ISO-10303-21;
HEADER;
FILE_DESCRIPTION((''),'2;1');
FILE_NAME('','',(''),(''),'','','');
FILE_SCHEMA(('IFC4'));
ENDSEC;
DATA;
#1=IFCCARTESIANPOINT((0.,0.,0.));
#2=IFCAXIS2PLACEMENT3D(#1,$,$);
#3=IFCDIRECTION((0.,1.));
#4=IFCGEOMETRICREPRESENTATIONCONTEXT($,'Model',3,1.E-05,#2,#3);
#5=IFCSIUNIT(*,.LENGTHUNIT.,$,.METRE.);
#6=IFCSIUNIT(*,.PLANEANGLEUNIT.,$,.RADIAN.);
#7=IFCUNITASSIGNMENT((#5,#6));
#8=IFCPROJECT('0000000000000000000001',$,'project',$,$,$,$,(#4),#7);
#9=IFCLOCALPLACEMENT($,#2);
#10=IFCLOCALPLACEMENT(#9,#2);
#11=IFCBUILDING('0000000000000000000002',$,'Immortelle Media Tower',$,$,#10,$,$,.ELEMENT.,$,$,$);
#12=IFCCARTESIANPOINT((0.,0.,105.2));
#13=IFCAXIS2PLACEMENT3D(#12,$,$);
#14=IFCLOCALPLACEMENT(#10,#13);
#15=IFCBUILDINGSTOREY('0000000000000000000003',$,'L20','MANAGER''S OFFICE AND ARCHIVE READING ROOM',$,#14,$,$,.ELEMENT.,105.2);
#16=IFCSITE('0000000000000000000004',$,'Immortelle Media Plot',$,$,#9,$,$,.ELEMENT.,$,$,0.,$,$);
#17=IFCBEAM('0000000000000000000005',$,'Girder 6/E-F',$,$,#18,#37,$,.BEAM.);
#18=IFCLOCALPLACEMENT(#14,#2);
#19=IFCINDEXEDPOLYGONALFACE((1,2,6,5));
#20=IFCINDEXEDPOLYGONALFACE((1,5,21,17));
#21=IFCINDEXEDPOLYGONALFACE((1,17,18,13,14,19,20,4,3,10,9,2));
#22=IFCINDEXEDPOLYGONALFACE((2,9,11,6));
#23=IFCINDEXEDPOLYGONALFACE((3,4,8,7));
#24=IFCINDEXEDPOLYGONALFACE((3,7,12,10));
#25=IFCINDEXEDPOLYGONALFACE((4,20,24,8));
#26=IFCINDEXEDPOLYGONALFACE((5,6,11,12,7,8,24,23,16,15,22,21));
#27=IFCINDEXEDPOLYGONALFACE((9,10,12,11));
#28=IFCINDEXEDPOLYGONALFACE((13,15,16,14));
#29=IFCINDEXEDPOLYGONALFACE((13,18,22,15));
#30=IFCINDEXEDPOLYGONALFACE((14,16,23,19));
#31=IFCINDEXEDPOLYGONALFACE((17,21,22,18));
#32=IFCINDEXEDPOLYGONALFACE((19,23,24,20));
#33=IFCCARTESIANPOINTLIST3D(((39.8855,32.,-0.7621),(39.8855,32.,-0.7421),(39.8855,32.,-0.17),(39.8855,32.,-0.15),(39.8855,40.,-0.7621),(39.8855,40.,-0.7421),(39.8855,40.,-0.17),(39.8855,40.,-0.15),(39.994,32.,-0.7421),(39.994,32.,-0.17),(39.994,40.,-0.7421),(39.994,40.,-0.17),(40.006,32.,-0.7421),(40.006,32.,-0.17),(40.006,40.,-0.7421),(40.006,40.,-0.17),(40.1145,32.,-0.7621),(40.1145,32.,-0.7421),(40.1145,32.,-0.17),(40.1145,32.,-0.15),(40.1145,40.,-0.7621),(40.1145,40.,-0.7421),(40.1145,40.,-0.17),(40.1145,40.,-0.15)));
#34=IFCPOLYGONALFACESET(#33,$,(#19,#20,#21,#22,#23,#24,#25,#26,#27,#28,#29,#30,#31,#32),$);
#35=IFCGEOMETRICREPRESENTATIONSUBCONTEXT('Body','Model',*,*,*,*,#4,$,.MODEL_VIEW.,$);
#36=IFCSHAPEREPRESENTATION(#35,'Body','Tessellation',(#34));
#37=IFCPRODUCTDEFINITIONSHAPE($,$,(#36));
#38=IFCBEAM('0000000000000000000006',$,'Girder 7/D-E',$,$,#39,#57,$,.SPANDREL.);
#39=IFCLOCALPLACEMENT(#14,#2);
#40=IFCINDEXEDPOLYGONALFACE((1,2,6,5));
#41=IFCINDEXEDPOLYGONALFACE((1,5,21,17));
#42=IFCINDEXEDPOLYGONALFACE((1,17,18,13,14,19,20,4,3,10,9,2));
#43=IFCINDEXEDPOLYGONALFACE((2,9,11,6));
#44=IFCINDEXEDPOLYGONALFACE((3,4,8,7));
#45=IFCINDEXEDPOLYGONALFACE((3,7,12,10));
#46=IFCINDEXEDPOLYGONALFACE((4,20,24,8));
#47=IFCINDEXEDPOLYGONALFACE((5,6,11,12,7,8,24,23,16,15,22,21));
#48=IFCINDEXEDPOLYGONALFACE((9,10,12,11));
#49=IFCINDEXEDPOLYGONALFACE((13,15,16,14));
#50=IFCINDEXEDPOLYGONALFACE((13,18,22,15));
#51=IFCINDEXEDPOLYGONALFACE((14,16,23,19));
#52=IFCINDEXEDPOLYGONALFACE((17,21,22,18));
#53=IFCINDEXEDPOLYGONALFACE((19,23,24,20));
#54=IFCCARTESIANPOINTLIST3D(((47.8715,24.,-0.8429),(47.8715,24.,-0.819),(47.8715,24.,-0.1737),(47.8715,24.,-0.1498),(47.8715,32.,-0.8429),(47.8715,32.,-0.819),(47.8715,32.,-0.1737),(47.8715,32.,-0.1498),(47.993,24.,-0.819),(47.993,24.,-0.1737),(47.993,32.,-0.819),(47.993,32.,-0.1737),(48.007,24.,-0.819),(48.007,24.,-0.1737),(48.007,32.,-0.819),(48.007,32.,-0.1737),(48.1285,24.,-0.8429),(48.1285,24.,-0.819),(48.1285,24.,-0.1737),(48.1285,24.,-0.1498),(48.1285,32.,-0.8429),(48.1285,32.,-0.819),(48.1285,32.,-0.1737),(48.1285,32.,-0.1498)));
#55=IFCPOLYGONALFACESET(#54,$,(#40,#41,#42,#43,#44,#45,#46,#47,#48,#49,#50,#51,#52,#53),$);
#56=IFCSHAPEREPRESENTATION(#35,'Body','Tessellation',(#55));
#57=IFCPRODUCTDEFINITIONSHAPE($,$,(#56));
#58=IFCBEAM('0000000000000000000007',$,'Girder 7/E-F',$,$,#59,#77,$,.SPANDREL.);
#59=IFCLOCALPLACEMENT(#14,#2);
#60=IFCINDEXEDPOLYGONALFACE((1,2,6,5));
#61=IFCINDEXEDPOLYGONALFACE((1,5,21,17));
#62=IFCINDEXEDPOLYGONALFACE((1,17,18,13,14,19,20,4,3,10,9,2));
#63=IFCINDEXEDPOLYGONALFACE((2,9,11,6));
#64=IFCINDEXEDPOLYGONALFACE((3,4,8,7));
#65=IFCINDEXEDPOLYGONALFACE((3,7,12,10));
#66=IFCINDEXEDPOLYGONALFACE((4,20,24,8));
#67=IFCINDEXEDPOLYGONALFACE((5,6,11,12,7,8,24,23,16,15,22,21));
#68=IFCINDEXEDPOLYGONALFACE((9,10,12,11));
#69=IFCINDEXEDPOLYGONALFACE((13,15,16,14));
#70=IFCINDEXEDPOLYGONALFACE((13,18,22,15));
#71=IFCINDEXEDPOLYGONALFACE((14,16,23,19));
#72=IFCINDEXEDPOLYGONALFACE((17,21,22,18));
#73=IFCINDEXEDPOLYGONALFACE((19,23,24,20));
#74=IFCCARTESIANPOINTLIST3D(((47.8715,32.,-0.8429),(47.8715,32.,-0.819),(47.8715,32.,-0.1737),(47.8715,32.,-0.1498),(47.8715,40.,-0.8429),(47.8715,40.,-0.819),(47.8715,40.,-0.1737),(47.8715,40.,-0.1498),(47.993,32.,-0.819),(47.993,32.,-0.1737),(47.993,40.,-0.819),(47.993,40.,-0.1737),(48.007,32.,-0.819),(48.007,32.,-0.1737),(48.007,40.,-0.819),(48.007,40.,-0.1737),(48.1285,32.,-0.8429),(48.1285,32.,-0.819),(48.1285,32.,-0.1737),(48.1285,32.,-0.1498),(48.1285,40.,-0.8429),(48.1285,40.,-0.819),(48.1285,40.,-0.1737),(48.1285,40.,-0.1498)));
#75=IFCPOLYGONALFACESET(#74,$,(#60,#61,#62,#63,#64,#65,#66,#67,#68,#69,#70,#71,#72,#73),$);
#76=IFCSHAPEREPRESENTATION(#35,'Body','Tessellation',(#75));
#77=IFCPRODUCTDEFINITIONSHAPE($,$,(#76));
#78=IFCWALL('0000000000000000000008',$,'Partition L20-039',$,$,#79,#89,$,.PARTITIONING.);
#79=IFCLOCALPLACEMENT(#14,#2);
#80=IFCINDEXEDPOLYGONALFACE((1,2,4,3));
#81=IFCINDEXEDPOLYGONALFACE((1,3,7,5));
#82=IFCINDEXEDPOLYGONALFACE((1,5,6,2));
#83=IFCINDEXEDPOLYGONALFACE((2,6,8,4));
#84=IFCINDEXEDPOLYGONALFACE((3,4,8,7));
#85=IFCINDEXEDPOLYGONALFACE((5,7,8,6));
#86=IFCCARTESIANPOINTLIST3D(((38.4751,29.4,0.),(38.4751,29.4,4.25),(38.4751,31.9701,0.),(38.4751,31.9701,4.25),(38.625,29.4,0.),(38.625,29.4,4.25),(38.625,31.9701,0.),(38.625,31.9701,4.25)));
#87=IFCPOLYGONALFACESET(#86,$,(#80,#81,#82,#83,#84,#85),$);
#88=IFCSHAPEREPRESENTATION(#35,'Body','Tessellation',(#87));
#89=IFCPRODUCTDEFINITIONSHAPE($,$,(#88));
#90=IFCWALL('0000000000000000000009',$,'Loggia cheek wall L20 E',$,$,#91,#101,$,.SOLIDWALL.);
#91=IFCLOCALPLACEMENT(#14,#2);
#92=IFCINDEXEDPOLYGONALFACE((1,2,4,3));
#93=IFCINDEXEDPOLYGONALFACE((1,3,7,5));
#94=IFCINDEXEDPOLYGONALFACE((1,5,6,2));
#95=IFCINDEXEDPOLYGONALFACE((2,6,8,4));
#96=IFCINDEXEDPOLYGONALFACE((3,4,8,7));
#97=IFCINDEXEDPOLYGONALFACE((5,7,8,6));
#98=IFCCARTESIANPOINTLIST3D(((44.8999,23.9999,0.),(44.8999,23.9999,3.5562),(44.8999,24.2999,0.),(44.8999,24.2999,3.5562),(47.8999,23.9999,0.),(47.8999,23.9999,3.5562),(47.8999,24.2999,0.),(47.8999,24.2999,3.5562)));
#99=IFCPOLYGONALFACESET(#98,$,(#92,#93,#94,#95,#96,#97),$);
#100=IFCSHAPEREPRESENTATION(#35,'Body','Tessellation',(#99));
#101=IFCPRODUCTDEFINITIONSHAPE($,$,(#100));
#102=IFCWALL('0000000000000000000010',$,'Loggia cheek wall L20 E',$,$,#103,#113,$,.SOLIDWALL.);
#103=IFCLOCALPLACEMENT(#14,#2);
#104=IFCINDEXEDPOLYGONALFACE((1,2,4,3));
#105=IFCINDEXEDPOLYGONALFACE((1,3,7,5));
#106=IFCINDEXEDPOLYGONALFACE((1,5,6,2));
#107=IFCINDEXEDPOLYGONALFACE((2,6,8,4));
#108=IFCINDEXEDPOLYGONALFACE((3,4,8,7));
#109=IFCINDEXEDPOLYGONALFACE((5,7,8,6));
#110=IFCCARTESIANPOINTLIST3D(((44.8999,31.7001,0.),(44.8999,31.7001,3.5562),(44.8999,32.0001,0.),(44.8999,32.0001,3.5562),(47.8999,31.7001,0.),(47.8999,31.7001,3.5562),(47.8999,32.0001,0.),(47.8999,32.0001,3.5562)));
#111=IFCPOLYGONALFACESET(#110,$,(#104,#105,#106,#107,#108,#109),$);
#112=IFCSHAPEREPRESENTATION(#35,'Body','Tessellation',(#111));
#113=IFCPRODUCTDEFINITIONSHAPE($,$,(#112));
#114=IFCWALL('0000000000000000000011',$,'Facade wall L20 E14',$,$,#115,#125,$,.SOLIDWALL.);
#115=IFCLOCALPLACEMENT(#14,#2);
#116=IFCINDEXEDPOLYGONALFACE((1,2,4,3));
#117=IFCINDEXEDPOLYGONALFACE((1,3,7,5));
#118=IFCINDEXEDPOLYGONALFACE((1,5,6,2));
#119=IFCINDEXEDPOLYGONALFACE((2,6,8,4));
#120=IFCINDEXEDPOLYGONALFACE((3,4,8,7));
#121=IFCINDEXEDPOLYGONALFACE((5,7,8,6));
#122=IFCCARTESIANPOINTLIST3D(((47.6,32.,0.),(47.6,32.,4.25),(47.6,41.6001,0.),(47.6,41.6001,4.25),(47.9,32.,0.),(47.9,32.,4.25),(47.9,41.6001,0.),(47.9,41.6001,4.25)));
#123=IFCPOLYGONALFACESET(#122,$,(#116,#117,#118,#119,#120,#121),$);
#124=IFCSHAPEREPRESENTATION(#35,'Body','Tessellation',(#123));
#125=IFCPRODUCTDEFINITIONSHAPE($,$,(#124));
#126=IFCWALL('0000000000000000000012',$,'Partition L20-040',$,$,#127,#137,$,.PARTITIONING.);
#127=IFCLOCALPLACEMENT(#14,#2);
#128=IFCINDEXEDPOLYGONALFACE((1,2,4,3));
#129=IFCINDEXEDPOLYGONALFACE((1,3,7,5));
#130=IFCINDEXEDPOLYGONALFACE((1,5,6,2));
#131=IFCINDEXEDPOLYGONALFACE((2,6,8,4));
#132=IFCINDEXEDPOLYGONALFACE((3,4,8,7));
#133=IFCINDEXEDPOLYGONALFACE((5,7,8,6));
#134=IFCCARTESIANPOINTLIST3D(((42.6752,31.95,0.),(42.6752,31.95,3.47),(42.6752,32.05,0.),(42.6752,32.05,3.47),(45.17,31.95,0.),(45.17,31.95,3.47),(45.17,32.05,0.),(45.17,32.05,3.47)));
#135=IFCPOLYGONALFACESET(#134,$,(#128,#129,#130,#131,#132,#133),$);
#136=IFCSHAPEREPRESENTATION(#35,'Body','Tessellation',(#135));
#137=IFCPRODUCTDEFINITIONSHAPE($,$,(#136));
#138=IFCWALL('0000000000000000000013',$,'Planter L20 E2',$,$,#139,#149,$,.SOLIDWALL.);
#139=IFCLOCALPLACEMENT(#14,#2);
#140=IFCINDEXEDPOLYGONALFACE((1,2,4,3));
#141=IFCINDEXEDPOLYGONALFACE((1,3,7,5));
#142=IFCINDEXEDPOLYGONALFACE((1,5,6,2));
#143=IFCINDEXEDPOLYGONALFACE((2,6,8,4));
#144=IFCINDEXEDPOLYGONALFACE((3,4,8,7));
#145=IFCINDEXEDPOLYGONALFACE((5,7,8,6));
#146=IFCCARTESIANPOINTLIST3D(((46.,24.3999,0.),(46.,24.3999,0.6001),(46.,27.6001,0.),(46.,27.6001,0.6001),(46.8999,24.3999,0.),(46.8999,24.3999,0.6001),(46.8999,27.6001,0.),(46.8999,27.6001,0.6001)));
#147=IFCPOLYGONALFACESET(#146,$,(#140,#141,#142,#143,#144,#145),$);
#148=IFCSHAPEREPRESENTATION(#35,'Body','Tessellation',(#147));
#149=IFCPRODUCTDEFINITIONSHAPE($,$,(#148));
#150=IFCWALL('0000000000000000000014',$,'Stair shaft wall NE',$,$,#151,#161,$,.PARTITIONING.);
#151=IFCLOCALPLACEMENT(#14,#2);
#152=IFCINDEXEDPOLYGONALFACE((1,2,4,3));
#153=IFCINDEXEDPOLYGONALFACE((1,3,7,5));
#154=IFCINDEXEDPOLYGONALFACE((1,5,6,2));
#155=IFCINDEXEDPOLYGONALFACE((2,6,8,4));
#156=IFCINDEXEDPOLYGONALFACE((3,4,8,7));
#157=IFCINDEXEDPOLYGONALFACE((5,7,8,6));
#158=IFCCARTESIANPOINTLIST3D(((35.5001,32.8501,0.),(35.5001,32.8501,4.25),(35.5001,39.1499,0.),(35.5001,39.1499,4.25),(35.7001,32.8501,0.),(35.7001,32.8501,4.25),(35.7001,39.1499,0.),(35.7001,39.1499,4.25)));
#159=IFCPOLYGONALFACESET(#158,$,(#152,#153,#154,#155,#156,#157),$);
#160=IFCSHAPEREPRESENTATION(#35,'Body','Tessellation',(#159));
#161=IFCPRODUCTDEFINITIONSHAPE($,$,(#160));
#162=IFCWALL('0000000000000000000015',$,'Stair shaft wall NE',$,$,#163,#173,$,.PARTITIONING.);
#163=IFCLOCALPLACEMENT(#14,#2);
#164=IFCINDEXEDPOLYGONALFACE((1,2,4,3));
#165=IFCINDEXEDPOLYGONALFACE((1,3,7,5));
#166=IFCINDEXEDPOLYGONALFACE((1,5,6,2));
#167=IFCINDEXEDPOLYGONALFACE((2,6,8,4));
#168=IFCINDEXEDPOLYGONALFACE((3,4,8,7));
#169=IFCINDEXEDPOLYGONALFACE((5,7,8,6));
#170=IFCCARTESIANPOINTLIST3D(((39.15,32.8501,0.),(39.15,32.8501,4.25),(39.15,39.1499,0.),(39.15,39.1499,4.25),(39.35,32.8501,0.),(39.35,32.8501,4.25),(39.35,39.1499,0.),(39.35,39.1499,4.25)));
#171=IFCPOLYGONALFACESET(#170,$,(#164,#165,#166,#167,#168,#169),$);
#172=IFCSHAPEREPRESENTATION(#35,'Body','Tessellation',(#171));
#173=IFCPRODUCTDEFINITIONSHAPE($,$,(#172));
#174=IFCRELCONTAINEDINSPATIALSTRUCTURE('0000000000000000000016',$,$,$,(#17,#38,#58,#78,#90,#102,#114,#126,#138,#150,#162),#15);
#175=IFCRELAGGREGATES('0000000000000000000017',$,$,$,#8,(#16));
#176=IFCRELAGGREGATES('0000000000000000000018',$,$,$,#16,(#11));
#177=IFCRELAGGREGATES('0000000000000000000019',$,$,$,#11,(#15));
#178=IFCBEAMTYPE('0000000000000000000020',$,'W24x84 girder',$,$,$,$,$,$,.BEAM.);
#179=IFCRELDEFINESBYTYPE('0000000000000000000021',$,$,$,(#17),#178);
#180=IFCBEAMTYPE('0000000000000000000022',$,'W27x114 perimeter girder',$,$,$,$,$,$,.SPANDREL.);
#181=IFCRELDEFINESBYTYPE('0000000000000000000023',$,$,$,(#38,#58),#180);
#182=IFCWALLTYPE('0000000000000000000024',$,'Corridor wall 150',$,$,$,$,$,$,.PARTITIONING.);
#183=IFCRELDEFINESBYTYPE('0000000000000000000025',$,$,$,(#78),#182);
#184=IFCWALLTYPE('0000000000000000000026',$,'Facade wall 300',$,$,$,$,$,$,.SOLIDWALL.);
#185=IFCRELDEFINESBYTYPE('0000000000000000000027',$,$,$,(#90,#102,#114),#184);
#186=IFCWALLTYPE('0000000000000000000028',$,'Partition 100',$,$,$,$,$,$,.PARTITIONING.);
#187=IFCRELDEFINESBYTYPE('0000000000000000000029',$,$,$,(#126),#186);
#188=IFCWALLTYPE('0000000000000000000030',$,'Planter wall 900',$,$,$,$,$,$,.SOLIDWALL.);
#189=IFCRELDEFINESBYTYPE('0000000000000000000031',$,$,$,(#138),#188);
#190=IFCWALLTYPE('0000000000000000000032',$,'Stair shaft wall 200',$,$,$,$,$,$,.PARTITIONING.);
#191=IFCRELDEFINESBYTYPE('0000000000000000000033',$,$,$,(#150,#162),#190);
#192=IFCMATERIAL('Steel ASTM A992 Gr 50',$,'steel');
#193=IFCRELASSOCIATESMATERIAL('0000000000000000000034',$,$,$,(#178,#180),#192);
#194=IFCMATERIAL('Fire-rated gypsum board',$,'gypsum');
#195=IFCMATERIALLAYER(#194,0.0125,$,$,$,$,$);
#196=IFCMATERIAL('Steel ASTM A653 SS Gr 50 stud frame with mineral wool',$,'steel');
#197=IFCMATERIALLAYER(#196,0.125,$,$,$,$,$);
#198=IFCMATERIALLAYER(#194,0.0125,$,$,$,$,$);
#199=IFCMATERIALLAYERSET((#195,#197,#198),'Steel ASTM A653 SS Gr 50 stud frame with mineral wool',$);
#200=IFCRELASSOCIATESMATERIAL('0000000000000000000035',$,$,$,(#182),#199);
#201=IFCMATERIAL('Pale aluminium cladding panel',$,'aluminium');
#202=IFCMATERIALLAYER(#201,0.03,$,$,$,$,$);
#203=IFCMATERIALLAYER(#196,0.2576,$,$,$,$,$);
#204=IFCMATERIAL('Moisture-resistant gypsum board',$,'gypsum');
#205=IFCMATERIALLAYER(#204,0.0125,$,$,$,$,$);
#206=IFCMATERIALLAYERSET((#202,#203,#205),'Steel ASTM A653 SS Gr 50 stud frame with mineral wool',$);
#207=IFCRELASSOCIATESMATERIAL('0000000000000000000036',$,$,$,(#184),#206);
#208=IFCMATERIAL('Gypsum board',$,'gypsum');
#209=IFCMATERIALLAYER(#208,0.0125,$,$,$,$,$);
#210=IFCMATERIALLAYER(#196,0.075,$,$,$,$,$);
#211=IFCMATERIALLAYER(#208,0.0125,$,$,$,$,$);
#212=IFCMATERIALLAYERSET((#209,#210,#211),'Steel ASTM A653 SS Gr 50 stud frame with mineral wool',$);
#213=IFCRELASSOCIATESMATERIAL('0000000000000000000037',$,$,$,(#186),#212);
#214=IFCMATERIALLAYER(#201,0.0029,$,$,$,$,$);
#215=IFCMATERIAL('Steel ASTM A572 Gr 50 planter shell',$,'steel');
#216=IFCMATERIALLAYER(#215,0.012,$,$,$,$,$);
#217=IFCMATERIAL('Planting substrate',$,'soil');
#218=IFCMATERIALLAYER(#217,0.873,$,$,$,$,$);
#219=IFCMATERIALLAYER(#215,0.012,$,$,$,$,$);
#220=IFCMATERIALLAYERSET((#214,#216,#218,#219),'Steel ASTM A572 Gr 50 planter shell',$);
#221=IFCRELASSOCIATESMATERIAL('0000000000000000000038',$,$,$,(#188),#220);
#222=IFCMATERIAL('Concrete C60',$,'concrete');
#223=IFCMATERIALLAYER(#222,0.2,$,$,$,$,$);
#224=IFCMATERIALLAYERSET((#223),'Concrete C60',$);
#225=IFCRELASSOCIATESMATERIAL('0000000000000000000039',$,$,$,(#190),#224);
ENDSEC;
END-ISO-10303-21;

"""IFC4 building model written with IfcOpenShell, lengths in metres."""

from ifc_helpers import new_model, si_unit, direction, frame, frame_2d, origin, origin_2d, place, context, subcontext, project, spatial, rectangle, i_section, extrude, material, layer, layer_set, material_profile, profile_set, type_object, element, save


model = new_model("IFC4")

# Units and contexts
model_context = context("Model", 3, precision=1e-05, world=origin(), true_north=direction((0.0, 1.0)))
body_context = subcontext(model_context, "Body", "Model", "MODEL_VIEW")
ifc_project = project(units=[si_unit("LENGTHUNIT", "METRE"), si_unit("PLANEANGLEUNIT", "RADIAN")], contexts=[model_context])

# Site, building, storey
site_placement = place(None, origin())
site = spatial("IfcSite", under=ifc_project, at=site_placement, Name="Immortelle Media Plot", CompositionType="ELEMENT", RefElevation=0.0)
building_placement = place(site_placement, origin())
building = spatial("IfcBuilding", under=site, at=building_placement, Name="Immortelle Media Tower", CompositionType="ELEMENT")
storey_placement = place(building_placement, frame((0.0, 0.0, 105.2)))
storey = spatial("IfcBuildingStorey", under=building, at=storey_placement, Name="L20", Description="MANAGER'S OFFICE AND ARCHIVE READING ROOM", CompositionType="ELEMENT", Elevation=105.2)

# Shared definitions
ifc_material_1 = material(Name="Steel ASTM A992 Gr 50", Category="steel")

# Beams
ifc_material_profile_1 = material_profile(ifc_material_1, i_section(OverallWidth=0.229, OverallDepth=0.6121, WebThickness=0.012, FlangeThickness=0.02, at=origin_2d()), Name="W24x84")
ifc_profile_set_1 = profile_set([ifc_material_profile_1], Name="Steel ASTM A992 Gr 50")
beam_type_1 = type_object("IfcBeamType", Name="W24x84 girder", PredefinedType="BEAM", material=ifc_profile_set_1)
for number, where, z_axis, x_axis, name in (
    (1, (40.0, 32.0, -0.4561), (0.0, 1.0, 0.0), (-1.0, 0.0, 0.0), "Girder 6/E-F"),
):
    element("IfcBeam", number, at=place(storey_placement, frame(where, z_axis=z_axis, x_axis=x_axis)), inside=storey, type_object=beam_type_1, Name=name, PredefinedType="BEAM", context=body_context, shape_type="SweptSolid", body=[
        extrude(i_section(OverallWidth=0.229, OverallDepth=0.6121, WebThickness=0.012, FlangeThickness=0.02, at=origin_2d()), origin(), (0.0, 0.0, 1.0), 8.0),
    ])
ifc_material_profile_2 = material_profile(ifc_material_1, i_section(OverallWidth=0.2571, OverallDepth=0.6931, WebThickness=0.0139, FlangeThickness=0.0239, at=origin_2d()), Name="W27x114")
ifc_profile_set_2 = profile_set([ifc_material_profile_2], Name="Steel ASTM A992 Gr 50")
beam_type_2 = type_object("IfcBeamType", Name="W27x114 perimeter girder", PredefinedType="SPANDREL", material=ifc_profile_set_2)
for number, where, z_axis, x_axis, name in (
    (2, (48.0, 24.0, -0.4963), (0.0, 1.0, 0.0), (-1.0, 0.0, 0.0), "Girder 7/D-E"),
    (3, (48.0, 32.0, -0.4963), (0.0, 1.0, 0.0), (-1.0, 0.0, 0.0), "Girder 7/E-F"),
):
    element("IfcBeam", number, at=place(storey_placement, frame(where, z_axis=z_axis, x_axis=x_axis)), inside=storey, type_object=beam_type_2, Name=name, PredefinedType="SPANDREL", context=body_context, shape_type="SweptSolid", body=[
        extrude(i_section(OverallWidth=0.2571, OverallDepth=0.6931, WebThickness=0.0139, FlangeThickness=0.0239, at=origin_2d()), origin(), (0.0, 0.0, 1.0), 8.0),
    ])

# Wall
ifc_material_2 = material(Name="Fire-rated gypsum board", Category="gypsum")
ifc_layer_1 = layer(ifc_material_2, 0.0125)
ifc_material_3 = material(Name="Steel ASTM A653 SS Gr 50 stud frame with mineral wool", Category="steel")
ifc_layer_2 = layer(ifc_material_3, 0.125)
ifc_layer_3 = layer(ifc_material_2, 0.0125)
ifc_layer_set_1 = layer_set([ifc_layer_1, ifc_layer_2, ifc_layer_3], Name="Steel ASTM A653 SS Gr 50 stud frame with mineral wool")
wall_type_1 = type_object("IfcWallType", Name="Corridor wall 150", PredefinedType="PARTITIONING", material=ifc_layer_set_1)
wall_1_placement = place(storey_placement, frame((38.55, 29.3999, 0.0), z_axis=(0.0, 0.0, 1.0), x_axis=(0.0, 1.0, 0.0)))
element("IfcWall", 4, at=wall_1_placement, inside=storey, type_object=wall_type_1, Name="Partition L20-039", PredefinedType="PARTITIONING", context=body_context, shape_type="SweptSolid", body=[
    extrude(rectangle(XDim=2.5701, YDim=0.1499, at=frame_2d((1.2852, 0.0))), origin(), (0.0, 0.0, 1.0), 4.25),
])

# Shared definitions
ifc_material_4 = material(Name="Pale aluminium cladding panel", Category="aluminium")
ifc_layer_4 = layer(ifc_material_4, 0.03)
ifc_layer_5 = layer(ifc_material_3, 0.2576)
ifc_material_5 = material(Name="Moisture-resistant gypsum board", Category="gypsum")
ifc_layer_6 = layer(ifc_material_5, 0.0125)
ifc_layer_set_2 = layer_set([ifc_layer_4, ifc_layer_5, ifc_layer_6], Name="Steel ASTM A653 SS Gr 50 stud frame with mineral wool")
wall_type_2 = type_object("IfcWallType", Name="Facade wall 300", PredefinedType="SOLIDWALL", material=ifc_layer_set_2)

# Walls
for number, where, z_axis, x_axis, name in (
    (5, (47.8999, 24.1499, 0.0), (0.0, 0.0, 1.0), (-1.0, 0.0, 0.0), "Loggia cheek wall L20 E"),
    (6, (47.8999, 31.8501, 0.0), (0.0, 0.0, 1.0), (-1.0, 0.0, 0.0), "Loggia cheek wall L20 E"),
):
    element("IfcWall", number, at=place(storey_placement, frame(where, z_axis=z_axis, x_axis=x_axis)), inside=storey, type_object=wall_type_2, Name=name, PredefinedType="SOLIDWALL", context=body_context, shape_type="SweptSolid", body=[
        extrude(rectangle(XDim=3.0, YDim=0.3, at=frame_2d((1.5, 0.0))), origin(), (0.0, 0.0, 1.0), 3.5562),
    ])
wall_2_placement = place(storey_placement, frame((47.75, 32.0, 0.0), z_axis=(0.0, 0.0, 1.0), x_axis=(0.0, 1.0, 0.0)))
element("IfcWall", 7, at=wall_2_placement, inside=storey, type_object=wall_type_2, Name="Facade wall L20 E14", PredefinedType="SOLIDWALL", context=body_context, shape_type="SweptSolid", body=[
    extrude(rectangle(XDim=9.6001, YDim=0.3, at=frame_2d((4.8, 0.0))), origin(), (0.0, 0.0, 1.0), 4.25),
])
ifc_material_6 = material(Name="Gypsum board", Category="gypsum")
ifc_layer_7 = layer(ifc_material_6, 0.0125)
ifc_layer_8 = layer(ifc_material_3, 0.075)
ifc_layer_9 = layer(ifc_material_6, 0.0125)
ifc_layer_set_3 = layer_set([ifc_layer_7, ifc_layer_8, ifc_layer_9], Name="Steel ASTM A653 SS Gr 50 stud frame with mineral wool")
wall_type_3 = type_object("IfcWallType", Name="Partition 100", PredefinedType="PARTITIONING", material=ifc_layer_set_3)
wall_3_placement = place(storey_placement, frame((42.675, 32.0, 0.0), z_axis=(0.0, 0.0, 1.0), x_axis=(1.0, 0.0, 0.0)))
element("IfcWall", 8, at=wall_3_placement, inside=storey, type_object=wall_type_3, Name="Partition L20-040", PredefinedType="PARTITIONING", context=body_context, shape_type="SweptSolid", body=[
    extrude(rectangle(XDim=2.4949, YDim=0.1001, at=frame_2d((1.2476, 0.0))), origin(), (0.0, 0.0, 1.0), 3.47),
])
ifc_layer_10 = layer(ifc_material_4, 0.0029)
ifc_material_7 = material(Name="Steel ASTM A572 Gr 50 planter shell", Category="steel")
ifc_layer_11 = layer(ifc_material_7, 0.012)
ifc_material_8 = material(Name="Planting substrate", Category="soil")
ifc_layer_12 = layer(ifc_material_8, 0.873)
ifc_layer_13 = layer(ifc_material_7, 0.012)
ifc_layer_set_4 = layer_set([ifc_layer_10, ifc_layer_11, ifc_layer_12, ifc_layer_13], Name="Steel ASTM A572 Gr 50 planter shell")
wall_type_4 = type_object("IfcWallType", Name="Planter wall 900", PredefinedType="SOLIDWALL", material=ifc_layer_set_4)
wall_4_placement = place(storey_placement, frame((46.45, 24.3999, 0.0), z_axis=(0.0, 0.0, 1.0), x_axis=(0.0, 1.0, 0.0)))
element("IfcWall", 9, at=wall_4_placement, inside=storey, type_object=wall_type_4, Name="Planter L20 E2", PredefinedType="SOLIDWALL", context=body_context, shape_type="SweptSolid", body=[
    extrude(rectangle(XDim=3.2002, YDim=0.8999, at=frame_2d((1.6001, 0.0))), origin(), (0.0, 0.0, 1.0), 0.6001),
])
ifc_material_9 = material(Name="Concrete C60", Category="concrete")
ifc_layer_14 = layer(ifc_material_9, 0.2)
ifc_layer_set_5 = layer_set([ifc_layer_14], Name="Concrete C60")
wall_type_5 = type_object("IfcWallType", Name="Stair shaft wall 200", PredefinedType="PARTITIONING", material=ifc_layer_set_5)
for number, where, z_axis, x_axis, name in (
    (10, (35.6001, 32.8501, 0.0), (0.0, 0.0, 1.0), (0.0, 1.0, 0.0), "Stair shaft wall NE"),
    (11, (39.25, 32.8501, 0.0), (0.0, 0.0, 1.0), (0.0, 1.0, 0.0), "Stair shaft wall NE"),
):
    element("IfcWall", number, at=place(storey_placement, frame(where, z_axis=z_axis, x_axis=x_axis)), inside=storey, type_object=wall_type_5, Name=name, PredefinedType="PARTITIONING", context=body_context, shape_type="SweptSolid", body=[
        extrude(rectangle(XDim=6.2998, YDim=0.2, at=frame_2d((3.1499, 0.0))), origin(), (0.0, 0.0, 1.0), 4.25),
    ])

save(model, "model.ifc")
